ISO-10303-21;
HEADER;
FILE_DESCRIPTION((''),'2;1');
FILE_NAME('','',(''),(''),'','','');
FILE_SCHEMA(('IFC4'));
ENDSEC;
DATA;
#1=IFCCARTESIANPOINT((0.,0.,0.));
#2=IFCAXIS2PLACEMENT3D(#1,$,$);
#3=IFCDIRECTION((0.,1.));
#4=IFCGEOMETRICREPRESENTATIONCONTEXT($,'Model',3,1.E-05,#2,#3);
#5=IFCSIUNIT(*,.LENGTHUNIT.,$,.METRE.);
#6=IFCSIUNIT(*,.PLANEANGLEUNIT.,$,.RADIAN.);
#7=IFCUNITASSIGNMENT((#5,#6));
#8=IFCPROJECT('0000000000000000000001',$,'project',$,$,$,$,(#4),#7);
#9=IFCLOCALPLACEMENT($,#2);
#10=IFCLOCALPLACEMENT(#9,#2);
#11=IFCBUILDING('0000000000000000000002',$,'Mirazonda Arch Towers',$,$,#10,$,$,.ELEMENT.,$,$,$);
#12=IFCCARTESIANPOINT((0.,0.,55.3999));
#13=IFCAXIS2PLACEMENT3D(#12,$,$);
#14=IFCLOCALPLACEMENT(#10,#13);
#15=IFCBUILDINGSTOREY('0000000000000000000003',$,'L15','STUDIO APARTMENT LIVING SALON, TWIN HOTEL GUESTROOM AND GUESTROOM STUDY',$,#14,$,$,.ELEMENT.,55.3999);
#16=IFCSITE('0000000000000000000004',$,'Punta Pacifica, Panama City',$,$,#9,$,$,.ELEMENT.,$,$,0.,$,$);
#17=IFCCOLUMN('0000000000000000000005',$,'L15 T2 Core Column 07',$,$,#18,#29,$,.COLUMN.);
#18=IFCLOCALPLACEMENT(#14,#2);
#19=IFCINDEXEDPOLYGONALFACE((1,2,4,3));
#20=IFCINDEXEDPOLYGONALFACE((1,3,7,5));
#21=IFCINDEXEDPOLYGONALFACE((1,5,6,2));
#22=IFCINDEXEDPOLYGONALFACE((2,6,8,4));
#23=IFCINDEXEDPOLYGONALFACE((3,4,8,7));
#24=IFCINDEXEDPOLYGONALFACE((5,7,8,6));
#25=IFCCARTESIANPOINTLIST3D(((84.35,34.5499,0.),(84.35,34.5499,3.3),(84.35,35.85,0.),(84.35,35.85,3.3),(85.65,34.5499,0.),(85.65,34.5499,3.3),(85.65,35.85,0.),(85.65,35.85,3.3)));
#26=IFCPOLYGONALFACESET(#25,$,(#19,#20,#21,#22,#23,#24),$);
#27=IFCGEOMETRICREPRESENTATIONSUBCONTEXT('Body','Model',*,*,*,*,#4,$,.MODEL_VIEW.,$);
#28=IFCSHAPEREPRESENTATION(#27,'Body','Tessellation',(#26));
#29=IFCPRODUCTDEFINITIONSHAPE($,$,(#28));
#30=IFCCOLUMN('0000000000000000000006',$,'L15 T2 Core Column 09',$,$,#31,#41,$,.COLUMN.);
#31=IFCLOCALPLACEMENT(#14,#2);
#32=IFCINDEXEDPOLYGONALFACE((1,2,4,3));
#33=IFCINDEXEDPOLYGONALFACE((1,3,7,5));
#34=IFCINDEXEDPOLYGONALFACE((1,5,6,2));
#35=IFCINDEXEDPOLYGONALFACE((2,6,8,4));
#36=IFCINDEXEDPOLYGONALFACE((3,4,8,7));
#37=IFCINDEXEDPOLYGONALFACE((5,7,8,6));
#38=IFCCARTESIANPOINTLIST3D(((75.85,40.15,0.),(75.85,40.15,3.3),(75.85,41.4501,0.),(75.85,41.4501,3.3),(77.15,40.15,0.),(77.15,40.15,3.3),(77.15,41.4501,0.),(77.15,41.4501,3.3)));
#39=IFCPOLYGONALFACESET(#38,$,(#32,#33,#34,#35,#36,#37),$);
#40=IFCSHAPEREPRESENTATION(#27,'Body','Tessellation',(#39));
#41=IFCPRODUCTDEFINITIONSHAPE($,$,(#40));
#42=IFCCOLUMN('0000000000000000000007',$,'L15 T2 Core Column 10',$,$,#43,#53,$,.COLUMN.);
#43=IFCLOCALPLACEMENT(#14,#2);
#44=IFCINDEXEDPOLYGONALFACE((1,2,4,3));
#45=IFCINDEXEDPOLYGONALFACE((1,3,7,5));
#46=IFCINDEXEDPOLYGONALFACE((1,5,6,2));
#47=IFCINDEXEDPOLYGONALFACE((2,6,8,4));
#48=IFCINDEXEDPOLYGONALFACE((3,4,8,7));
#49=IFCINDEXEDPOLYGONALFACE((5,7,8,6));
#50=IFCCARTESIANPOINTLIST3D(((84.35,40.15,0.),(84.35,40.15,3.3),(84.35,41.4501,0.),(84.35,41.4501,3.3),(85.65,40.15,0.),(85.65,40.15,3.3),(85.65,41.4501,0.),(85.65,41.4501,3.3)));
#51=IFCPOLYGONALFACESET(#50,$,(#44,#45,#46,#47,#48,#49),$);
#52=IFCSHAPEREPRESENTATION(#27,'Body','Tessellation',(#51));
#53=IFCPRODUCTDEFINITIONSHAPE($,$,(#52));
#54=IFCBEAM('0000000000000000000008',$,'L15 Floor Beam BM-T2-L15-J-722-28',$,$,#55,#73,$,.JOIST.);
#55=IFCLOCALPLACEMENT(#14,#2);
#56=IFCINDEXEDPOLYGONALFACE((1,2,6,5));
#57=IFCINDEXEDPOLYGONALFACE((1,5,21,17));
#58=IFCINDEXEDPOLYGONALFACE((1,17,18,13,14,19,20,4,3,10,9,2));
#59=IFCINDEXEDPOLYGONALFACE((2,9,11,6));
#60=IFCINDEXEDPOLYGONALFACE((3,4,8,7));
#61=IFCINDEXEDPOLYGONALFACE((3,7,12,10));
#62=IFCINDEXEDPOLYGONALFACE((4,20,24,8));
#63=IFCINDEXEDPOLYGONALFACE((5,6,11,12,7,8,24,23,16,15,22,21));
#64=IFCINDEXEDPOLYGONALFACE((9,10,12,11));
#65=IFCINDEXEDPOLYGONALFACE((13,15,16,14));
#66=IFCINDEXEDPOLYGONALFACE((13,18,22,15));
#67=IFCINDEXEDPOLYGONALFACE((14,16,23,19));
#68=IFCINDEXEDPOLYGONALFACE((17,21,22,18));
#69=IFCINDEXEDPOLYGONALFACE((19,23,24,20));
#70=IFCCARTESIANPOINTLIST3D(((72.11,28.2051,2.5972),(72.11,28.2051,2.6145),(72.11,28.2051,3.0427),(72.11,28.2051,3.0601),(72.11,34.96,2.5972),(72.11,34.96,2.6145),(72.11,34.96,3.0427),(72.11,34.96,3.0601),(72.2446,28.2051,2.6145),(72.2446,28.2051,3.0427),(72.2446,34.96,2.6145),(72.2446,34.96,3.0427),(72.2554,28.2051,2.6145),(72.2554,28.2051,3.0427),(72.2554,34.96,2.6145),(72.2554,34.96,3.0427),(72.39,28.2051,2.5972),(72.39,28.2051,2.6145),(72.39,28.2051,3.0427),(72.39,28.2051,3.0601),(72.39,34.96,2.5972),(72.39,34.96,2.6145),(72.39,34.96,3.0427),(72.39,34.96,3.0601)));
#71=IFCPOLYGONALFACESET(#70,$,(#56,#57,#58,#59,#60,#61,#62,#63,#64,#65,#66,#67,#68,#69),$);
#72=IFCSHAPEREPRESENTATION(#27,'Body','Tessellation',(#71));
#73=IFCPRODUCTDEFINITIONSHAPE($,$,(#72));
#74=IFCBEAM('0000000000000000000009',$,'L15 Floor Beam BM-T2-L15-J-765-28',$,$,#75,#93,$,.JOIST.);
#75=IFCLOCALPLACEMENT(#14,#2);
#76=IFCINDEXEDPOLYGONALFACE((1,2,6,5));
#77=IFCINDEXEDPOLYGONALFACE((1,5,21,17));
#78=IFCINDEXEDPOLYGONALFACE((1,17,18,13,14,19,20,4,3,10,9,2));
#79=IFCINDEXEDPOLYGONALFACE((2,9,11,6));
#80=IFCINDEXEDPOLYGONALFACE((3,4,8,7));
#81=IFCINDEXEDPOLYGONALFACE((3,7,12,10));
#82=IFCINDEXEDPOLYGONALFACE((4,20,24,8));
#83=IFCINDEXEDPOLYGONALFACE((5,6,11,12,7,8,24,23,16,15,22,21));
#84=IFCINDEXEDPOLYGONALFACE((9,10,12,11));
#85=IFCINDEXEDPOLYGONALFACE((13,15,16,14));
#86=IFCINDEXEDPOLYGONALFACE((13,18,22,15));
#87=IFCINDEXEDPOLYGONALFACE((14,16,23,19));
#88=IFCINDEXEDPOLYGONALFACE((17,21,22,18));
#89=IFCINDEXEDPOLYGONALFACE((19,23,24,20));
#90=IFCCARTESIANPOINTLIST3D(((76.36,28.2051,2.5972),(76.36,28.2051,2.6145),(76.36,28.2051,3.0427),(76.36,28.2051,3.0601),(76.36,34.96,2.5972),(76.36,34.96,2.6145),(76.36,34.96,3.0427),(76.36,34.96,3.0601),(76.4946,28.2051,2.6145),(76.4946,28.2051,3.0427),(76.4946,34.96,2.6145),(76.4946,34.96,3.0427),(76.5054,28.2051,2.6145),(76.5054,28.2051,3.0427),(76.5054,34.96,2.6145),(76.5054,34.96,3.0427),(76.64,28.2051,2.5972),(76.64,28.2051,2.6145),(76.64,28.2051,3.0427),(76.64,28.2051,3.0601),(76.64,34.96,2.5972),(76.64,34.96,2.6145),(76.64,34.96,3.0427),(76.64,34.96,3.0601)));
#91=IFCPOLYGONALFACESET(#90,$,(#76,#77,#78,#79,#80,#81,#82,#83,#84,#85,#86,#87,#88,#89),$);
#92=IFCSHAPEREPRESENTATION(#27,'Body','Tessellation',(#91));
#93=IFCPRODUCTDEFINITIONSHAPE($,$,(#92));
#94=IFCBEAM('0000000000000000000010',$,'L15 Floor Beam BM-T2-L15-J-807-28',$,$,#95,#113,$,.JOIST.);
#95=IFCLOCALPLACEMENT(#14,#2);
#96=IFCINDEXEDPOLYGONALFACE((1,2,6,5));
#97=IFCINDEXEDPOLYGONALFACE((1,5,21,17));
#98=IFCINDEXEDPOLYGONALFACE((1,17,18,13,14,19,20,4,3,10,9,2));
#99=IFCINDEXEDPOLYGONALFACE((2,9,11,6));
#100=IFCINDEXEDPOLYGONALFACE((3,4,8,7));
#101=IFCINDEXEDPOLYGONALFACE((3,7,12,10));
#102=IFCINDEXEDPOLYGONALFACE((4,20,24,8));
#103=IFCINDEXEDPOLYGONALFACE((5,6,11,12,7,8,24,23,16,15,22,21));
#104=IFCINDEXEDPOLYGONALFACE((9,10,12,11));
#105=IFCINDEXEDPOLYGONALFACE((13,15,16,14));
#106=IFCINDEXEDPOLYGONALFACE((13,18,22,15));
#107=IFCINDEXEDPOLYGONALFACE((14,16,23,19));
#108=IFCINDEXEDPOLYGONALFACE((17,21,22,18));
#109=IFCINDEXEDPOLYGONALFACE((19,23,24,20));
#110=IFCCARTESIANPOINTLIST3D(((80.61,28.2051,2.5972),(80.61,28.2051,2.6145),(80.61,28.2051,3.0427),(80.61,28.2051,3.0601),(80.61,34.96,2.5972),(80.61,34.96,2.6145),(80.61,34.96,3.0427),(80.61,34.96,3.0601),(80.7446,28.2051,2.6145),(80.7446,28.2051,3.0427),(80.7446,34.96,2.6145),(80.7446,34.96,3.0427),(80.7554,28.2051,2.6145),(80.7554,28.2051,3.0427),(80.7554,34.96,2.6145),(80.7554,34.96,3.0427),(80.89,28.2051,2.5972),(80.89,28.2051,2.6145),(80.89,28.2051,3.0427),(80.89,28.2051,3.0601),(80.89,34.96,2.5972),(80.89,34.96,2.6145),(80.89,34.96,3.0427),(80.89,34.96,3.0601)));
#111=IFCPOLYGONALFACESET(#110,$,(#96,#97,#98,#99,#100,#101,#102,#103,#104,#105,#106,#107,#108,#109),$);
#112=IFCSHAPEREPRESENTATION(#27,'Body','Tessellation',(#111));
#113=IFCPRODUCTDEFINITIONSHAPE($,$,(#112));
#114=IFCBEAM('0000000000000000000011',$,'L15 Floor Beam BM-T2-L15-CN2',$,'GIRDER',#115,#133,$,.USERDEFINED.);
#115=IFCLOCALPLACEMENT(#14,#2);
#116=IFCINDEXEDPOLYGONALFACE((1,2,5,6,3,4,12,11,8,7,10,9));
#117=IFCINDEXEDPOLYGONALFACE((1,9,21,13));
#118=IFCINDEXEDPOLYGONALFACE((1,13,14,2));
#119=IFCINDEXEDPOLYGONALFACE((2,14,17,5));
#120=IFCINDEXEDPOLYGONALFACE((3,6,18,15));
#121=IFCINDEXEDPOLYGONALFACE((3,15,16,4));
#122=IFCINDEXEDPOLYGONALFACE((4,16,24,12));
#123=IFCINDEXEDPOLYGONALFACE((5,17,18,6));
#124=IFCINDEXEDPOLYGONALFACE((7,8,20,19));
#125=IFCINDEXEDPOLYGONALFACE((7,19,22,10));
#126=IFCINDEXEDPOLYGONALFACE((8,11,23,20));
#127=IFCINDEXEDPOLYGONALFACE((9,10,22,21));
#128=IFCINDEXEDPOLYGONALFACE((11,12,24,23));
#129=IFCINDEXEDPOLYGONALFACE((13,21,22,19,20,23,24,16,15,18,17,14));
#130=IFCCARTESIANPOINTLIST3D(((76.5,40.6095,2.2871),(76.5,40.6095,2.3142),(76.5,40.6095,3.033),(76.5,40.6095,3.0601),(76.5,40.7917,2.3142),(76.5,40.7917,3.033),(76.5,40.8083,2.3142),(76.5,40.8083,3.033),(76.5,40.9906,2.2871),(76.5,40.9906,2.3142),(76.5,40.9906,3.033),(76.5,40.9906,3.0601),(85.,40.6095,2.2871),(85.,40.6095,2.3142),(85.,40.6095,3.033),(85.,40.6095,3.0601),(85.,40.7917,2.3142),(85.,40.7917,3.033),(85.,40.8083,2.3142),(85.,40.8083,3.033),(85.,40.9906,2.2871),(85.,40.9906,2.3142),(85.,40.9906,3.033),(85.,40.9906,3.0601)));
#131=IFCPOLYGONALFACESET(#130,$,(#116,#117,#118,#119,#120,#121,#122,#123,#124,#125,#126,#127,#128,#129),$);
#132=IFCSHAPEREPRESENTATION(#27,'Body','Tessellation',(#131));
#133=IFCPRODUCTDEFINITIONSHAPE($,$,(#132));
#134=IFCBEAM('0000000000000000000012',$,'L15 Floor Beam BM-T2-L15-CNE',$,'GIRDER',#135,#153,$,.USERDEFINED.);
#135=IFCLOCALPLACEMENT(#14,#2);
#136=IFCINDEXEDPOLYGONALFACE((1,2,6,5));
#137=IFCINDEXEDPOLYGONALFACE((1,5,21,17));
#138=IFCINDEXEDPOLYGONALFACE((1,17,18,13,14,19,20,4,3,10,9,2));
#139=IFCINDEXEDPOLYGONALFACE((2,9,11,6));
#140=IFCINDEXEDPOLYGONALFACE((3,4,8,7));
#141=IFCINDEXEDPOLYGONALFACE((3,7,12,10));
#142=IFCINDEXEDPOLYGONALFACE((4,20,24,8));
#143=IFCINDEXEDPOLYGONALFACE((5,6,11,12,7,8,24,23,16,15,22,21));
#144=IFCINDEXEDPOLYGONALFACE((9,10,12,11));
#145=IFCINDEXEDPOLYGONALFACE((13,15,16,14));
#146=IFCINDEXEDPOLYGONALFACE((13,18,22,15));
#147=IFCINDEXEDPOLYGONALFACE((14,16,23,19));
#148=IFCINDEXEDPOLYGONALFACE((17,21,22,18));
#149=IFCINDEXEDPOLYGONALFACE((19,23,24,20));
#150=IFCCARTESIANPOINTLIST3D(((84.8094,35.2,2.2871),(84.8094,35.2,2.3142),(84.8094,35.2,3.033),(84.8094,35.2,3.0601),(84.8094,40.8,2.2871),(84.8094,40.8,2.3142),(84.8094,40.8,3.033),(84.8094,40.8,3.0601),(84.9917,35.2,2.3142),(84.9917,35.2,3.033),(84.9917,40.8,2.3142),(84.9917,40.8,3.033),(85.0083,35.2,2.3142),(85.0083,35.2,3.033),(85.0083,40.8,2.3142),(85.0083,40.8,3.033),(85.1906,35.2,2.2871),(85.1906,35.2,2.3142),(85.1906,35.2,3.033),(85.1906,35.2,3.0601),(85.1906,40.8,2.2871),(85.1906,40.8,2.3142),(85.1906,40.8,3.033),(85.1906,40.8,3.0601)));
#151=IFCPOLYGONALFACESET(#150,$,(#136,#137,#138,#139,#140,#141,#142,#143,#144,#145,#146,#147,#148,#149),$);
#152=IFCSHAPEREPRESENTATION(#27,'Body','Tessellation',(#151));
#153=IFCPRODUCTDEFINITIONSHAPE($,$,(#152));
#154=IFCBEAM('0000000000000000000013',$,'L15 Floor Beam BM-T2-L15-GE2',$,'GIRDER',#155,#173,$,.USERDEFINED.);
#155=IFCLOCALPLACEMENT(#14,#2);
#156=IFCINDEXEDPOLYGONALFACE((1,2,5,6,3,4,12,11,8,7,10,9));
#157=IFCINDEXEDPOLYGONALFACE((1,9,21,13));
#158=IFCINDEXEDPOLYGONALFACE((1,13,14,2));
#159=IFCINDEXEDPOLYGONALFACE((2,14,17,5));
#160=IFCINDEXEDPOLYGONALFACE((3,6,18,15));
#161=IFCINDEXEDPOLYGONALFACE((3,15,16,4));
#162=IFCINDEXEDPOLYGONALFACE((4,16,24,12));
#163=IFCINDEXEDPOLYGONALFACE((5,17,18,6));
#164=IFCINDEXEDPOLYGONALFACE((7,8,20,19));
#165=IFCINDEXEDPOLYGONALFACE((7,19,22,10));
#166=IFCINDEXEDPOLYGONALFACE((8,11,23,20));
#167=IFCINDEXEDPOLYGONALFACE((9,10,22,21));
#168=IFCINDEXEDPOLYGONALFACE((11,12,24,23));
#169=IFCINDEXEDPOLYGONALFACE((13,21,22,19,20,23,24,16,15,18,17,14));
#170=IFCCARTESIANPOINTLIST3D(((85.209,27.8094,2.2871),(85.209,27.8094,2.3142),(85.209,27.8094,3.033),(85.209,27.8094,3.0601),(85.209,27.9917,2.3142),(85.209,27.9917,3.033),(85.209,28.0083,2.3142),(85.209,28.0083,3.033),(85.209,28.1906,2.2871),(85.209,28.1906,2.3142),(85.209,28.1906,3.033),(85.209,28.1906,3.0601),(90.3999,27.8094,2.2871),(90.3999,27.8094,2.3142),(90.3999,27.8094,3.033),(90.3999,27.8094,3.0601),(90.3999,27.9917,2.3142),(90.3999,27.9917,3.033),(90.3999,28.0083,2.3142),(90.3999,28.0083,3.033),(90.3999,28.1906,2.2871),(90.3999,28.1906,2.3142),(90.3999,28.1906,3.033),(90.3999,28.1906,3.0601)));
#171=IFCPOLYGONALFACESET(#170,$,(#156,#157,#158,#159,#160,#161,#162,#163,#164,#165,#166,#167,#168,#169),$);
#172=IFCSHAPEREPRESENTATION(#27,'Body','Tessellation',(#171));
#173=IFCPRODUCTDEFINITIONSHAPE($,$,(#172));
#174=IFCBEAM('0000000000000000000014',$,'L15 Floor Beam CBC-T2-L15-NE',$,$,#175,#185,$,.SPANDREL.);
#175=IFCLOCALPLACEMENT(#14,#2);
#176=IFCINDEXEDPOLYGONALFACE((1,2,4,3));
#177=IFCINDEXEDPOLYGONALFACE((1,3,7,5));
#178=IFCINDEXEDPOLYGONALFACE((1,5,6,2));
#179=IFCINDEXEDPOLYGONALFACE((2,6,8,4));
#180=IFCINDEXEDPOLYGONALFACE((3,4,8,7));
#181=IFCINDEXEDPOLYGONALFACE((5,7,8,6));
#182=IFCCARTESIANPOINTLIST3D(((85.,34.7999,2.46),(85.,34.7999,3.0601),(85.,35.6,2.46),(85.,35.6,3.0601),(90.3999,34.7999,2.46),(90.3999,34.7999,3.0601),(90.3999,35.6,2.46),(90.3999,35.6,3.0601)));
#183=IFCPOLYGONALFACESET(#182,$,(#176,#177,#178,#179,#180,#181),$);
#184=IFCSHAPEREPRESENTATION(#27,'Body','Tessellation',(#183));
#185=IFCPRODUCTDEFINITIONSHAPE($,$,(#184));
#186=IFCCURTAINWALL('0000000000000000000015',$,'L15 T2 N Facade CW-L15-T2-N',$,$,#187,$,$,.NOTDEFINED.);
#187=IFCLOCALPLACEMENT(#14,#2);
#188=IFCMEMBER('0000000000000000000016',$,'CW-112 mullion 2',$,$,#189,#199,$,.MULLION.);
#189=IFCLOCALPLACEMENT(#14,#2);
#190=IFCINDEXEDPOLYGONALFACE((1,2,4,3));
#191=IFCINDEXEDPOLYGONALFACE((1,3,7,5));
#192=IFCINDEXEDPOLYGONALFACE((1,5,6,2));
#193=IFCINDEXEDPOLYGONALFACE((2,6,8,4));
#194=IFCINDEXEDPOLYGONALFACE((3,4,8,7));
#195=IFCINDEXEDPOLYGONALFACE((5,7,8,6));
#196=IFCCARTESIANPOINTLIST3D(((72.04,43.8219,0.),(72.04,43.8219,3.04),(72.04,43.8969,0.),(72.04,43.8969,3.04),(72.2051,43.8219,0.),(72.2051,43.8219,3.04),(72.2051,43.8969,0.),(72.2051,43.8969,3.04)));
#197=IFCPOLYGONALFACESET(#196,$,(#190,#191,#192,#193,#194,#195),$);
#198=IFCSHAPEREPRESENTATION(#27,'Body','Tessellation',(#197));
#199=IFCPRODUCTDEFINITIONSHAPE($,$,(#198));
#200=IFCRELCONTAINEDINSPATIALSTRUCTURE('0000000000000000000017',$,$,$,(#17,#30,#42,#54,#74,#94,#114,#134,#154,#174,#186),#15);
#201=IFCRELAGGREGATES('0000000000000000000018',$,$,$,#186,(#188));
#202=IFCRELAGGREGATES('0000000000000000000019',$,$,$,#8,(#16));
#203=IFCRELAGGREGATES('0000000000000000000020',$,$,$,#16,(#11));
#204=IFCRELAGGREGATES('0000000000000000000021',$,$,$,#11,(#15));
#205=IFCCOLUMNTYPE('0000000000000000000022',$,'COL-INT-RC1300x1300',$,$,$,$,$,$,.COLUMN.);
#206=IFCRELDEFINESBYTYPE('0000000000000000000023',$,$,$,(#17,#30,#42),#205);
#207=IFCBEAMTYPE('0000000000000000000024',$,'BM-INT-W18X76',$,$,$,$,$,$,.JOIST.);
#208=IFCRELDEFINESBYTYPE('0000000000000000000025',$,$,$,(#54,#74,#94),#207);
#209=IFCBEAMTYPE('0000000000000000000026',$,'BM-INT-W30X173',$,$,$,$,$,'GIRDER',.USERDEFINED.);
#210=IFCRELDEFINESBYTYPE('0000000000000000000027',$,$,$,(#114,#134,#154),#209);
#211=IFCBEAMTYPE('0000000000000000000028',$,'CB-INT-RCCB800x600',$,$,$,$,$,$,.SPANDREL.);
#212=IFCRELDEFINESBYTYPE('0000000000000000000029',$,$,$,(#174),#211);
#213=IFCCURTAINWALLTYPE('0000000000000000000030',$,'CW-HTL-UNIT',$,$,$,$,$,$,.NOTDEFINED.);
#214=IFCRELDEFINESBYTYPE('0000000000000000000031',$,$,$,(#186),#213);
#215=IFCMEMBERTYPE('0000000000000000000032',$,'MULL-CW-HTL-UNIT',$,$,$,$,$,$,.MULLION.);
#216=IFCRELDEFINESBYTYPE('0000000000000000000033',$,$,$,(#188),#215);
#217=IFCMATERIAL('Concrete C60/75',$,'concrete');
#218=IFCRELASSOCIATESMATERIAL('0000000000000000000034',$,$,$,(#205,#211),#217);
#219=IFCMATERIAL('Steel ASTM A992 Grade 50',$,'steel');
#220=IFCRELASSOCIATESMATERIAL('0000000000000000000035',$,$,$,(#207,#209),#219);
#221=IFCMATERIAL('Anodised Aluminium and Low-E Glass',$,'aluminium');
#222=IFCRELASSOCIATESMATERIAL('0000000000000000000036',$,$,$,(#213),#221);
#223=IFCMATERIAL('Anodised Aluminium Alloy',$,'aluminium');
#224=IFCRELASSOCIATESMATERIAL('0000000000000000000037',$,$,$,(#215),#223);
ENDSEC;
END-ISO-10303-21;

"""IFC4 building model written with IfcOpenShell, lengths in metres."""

from ifc_helpers import new_model, si_unit, direction, frame, origin, origin_2d, place, context, subcontext, project, spatial, rectangle, i_section, extrude, material, material_profile, profile_set, type_object, element, aggregate, save


model = new_model("IFC4")

# Units and contexts
model_context = context("Model", 3, precision=1e-05, world=origin(), true_north=direction((0.0, 1.0)))
body_context = subcontext(model_context, "Body", "Model", "MODEL_VIEW")
ifc_project = project(units=[si_unit("LENGTHUNIT", "METRE"), si_unit("PLANEANGLEUNIT", "RADIAN")], contexts=[model_context])

# Site, building, storey
site_placement = place(None, origin())
site = spatial("IfcSite", under=ifc_project, at=site_placement, Name="Punta Pacifica, Panama City", CompositionType="ELEMENT", RefElevation=0.0)
building_placement = place(site_placement, origin())
building = spatial("IfcBuilding", under=site, at=building_placement, Name="Mirazonda Arch Towers", CompositionType="ELEMENT")
storey_placement = place(building_placement, frame((0.0, 0.0, 55.3999)))
storey = spatial("IfcBuildingStorey", under=building, at=storey_placement, Name="L15", Description="STUDIO APARTMENT LIVING SALON, TWIN HOTEL GUESTROOM AND GUESTROOM STUDY", CompositionType="ELEMENT", Elevation=55.3999)

# Columns
ifc_material_1 = material(Name="Concrete C60/75", Category="concrete")
ifc_material_profile_1 = material_profile(ifc_material_1, rectangle(XDim=1.3, YDim=1.3, at=origin_2d()), Name="RC1300x1300")
ifc_profile_set_1 = profile_set([ifc_material_profile_1], Name="Concrete C60/75")
column_type = type_object("IfcColumnType", Name="COL-INT-RC1300x1300", PredefinedType="COLUMN", material=ifc_profile_set_1)
for number, where, z_axis, x_axis, name in (
    (1, (85.0, 35.2, 0.0), (0.0, 0.0, 1.0), (1.0, 0.0, 0.0), "L15 T2 Core Column 07"),
    (2, (76.5, 40.8, 0.0), (0.0, 0.0, 1.0), (1.0, 0.0, 0.0), "L15 T2 Core Column 09"),
    (3, (85.0, 40.8, 0.0), (0.0, 0.0, 1.0), (1.0, 0.0, 0.0), "L15 T2 Core Column 10"),
):
    element("IfcColumn", number, at=place(storey_placement, frame(where, z_axis=z_axis, x_axis=x_axis)), inside=storey, type_object=column_type, Name=name, PredefinedType="COLUMN", context=body_context, shape_type="SweptSolid", body=[
        extrude(rectangle(XDim=1.3, YDim=1.3, at=origin_2d()), origin(), (0.0, 0.0, 1.0), 3.3),
    ])

# Beams
ifc_material_2 = material(Name="Steel ASTM A992 Grade 50", Category="steel")
ifc_material_profile_2 = material_profile(ifc_material_2, i_section(OverallWidth=0.28, OverallDepth=0.4629, WebThickness=0.0107, FlangeThickness=0.0173, at=origin_2d()), Name="W18X76")
ifc_profile_set_2 = profile_set([ifc_material_profile_2], Name="Steel ASTM A992 Grade 50")
beam_type_1 = type_object("IfcBeamType", Name="BM-INT-W18X76", PredefinedType="JOIST", material=ifc_profile_set_2)
for number, where, z_axis, x_axis, name in (
    (4, (72.25, 28.2051, 2.8286), (0.0, 1.0, 0.0), (-1.0, 0.0, 0.0), "L15 Floor Beam BM-T2-L15-J-722-28"),
    (5, (76.5, 28.2051, 2.8286), (0.0, 1.0, 0.0), (-1.0, 0.0, 0.0), "L15 Floor Beam BM-T2-L15-J-765-28"),
    (6, (80.75, 28.2051, 2.8286), (0.0, 1.0, 0.0), (-1.0, 0.0, 0.0), "L15 Floor Beam BM-T2-L15-J-807-28"),
):
    element("IfcBeam", number, at=place(storey_placement, frame(where, z_axis=z_axis, x_axis=x_axis)), inside=storey, type_object=beam_type_1, Name=name, PredefinedType="JOIST", context=body_context, shape_type="SweptSolid", body=[
        extrude(i_section(OverallWidth=0.28, OverallDepth=0.4629, WebThickness=0.0107, FlangeThickness=0.0173, at=origin_2d()), origin(), (0.0, 0.0, 1.0), 6.7549),
    ])
ifc_material_profile_3 = material_profile(ifc_material_2, i_section(OverallWidth=0.3811, OverallDepth=0.7729, WebThickness=0.0166, FlangeThickness=0.0271, at=origin_2d()), Name="W30X173")
ifc_profile_set_3 = profile_set([ifc_material_profile_3], Name="Steel ASTM A992 Grade 50")
beam_type_2 = type_object("IfcBeamType", Name="BM-INT-W30X173", ElementType="GIRDER", PredefinedType="USERDEFINED", material=ifc_profile_set_3)
beam_1_placement = place(storey_placement, frame((76.5, 40.8, 2.6736), z_axis=(1.0, 0.0, 0.0), x_axis=(0.0, 1.0, 0.0)))
element("IfcBeam", 7, at=beam_1_placement, inside=storey, type_object=beam_type_2, Name="L15 Floor Beam BM-T2-L15-CN2", ObjectType="GIRDER", PredefinedType="USERDEFINED", context=body_context, shape_type="SweptSolid", body=[
    extrude(i_section(OverallWidth=0.3811, OverallDepth=0.7729, WebThickness=0.0166, FlangeThickness=0.0271, at=origin_2d()), origin(), (0.0, 0.0, 1.0), 8.5),
])
beam_2_placement = place(storey_placement, frame((85.0, 35.2, 2.6736), z_axis=(0.0, 1.0, 0.0), x_axis=(-1.0, 0.0, 0.0)))
element("IfcBeam", 8, at=beam_2_placement, inside=storey, type_object=beam_type_2, Name="L15 Floor Beam BM-T2-L15-CNE", ObjectType="GIRDER", PredefinedType="USERDEFINED", context=body_context, shape_type="SweptSolid", body=[
    extrude(i_section(OverallWidth=0.3811, OverallDepth=0.7729, WebThickness=0.0166, FlangeThickness=0.0271, at=origin_2d()), origin(), (0.0, 0.0, 1.0), 5.6001),
])
beam_3_placement = place(storey_placement, frame((85.209, 28.0, 2.6736), z_axis=(1.0, 0.0, 0.0), x_axis=(0.0, 1.0, 0.0)))
element("IfcBeam", 9, at=beam_3_placement, inside=storey, type_object=beam_type_2, Name="L15 Floor Beam BM-T2-L15-GE2", ObjectType="GIRDER", PredefinedType="USERDEFINED", context=body_context, shape_type="SweptSolid", body=[
    extrude(i_section(OverallWidth=0.3811, OverallDepth=0.7729, WebThickness=0.0166, FlangeThickness=0.0271, at=origin_2d()), origin(), (0.0, 0.0, 1.0), 5.1909),
])
ifc_material_profile_4 = material_profile(ifc_material_1, rectangle(XDim=0.8, YDim=0.6001, at=origin_2d()), Name="RCCB800x600")
ifc_profile_set_4 = profile_set([ifc_material_profile_4], Name="Concrete C60/75")
beam_type_3 = type_object("IfcBeamType", Name="CB-INT-RCCB800x600", PredefinedType="SPANDREL", material=ifc_profile_set_4)
beam_4_placement = place(storey_placement, frame((85.0, 35.2, 2.76), z_axis=(1.0, 0.0, 0.0), x_axis=(0.0, 1.0, 0.0)))
element("IfcBeam", 10, at=beam_4_placement, inside=storey, type_object=beam_type_3, Name="L15 Floor Beam CBC-T2-L15-NE", PredefinedType="SPANDREL", context=body_context, shape_type="SweptSolid", body=[
    extrude(rectangle(XDim=0.8, YDim=0.6001, at=origin_2d()), origin(), (0.0, 0.0, 1.0), 5.3999),
])

# Curtain wall, member
ifc_material_3 = material(Name="Anodised Aluminium and Low-E Glass", Category="aluminium")
curtain_wall_type = type_object("IfcCurtainWallType", Name="CW-HTL-UNIT", PredefinedType="NOTDEFINED", material=ifc_material_3)
curtain_wall_placement = place(storey_placement, origin())
curtain_wall = element("IfcCurtainWall", 11, at=curtain_wall_placement, inside=storey, type_object=curtain_wall_type, Name="L15 T2 N Facade CW-L15-T2-N", PredefinedType="NOTDEFINED")
ifc_material_4 = material(Name="Anodised Aluminium Alloy", Category="aluminium")
ifc_material_profile_5 = material_profile(ifc_material_4, rectangle(XDim=0.075, YDim=0.165, at=origin_2d()), Name="ALU-MULL-75x165")
ifc_profile_set_5 = profile_set([ifc_material_profile_5], Name="Anodised Aluminium Alloy")
member_type_1 = type_object("IfcMemberType", Name="MULL-CW-HTL-UNIT", PredefinedType="MULLION", material=ifc_profile_set_5)
member_1_placement = place(storey_placement, frame((72.1226, 43.8594, 0.0), z_axis=(0.0, 0.0, 1.0), x_axis=(0.0, 1.0, 0.0)))
member_1 = element("IfcMember", 12, at=member_1_placement, type_object=member_type_1, Name="CW-112 mullion 2", PredefinedType="MULLION", context=body_context, shape_type="SweptSolid", body=[
    extrude(rectangle(XDim=0.075, YDim=0.165, at=origin_2d()), origin(), (0.0, 0.0, 1.0), 3.04),
])
aggregate(curtain_wall, [member_1])

save(model, "model.ifc")
